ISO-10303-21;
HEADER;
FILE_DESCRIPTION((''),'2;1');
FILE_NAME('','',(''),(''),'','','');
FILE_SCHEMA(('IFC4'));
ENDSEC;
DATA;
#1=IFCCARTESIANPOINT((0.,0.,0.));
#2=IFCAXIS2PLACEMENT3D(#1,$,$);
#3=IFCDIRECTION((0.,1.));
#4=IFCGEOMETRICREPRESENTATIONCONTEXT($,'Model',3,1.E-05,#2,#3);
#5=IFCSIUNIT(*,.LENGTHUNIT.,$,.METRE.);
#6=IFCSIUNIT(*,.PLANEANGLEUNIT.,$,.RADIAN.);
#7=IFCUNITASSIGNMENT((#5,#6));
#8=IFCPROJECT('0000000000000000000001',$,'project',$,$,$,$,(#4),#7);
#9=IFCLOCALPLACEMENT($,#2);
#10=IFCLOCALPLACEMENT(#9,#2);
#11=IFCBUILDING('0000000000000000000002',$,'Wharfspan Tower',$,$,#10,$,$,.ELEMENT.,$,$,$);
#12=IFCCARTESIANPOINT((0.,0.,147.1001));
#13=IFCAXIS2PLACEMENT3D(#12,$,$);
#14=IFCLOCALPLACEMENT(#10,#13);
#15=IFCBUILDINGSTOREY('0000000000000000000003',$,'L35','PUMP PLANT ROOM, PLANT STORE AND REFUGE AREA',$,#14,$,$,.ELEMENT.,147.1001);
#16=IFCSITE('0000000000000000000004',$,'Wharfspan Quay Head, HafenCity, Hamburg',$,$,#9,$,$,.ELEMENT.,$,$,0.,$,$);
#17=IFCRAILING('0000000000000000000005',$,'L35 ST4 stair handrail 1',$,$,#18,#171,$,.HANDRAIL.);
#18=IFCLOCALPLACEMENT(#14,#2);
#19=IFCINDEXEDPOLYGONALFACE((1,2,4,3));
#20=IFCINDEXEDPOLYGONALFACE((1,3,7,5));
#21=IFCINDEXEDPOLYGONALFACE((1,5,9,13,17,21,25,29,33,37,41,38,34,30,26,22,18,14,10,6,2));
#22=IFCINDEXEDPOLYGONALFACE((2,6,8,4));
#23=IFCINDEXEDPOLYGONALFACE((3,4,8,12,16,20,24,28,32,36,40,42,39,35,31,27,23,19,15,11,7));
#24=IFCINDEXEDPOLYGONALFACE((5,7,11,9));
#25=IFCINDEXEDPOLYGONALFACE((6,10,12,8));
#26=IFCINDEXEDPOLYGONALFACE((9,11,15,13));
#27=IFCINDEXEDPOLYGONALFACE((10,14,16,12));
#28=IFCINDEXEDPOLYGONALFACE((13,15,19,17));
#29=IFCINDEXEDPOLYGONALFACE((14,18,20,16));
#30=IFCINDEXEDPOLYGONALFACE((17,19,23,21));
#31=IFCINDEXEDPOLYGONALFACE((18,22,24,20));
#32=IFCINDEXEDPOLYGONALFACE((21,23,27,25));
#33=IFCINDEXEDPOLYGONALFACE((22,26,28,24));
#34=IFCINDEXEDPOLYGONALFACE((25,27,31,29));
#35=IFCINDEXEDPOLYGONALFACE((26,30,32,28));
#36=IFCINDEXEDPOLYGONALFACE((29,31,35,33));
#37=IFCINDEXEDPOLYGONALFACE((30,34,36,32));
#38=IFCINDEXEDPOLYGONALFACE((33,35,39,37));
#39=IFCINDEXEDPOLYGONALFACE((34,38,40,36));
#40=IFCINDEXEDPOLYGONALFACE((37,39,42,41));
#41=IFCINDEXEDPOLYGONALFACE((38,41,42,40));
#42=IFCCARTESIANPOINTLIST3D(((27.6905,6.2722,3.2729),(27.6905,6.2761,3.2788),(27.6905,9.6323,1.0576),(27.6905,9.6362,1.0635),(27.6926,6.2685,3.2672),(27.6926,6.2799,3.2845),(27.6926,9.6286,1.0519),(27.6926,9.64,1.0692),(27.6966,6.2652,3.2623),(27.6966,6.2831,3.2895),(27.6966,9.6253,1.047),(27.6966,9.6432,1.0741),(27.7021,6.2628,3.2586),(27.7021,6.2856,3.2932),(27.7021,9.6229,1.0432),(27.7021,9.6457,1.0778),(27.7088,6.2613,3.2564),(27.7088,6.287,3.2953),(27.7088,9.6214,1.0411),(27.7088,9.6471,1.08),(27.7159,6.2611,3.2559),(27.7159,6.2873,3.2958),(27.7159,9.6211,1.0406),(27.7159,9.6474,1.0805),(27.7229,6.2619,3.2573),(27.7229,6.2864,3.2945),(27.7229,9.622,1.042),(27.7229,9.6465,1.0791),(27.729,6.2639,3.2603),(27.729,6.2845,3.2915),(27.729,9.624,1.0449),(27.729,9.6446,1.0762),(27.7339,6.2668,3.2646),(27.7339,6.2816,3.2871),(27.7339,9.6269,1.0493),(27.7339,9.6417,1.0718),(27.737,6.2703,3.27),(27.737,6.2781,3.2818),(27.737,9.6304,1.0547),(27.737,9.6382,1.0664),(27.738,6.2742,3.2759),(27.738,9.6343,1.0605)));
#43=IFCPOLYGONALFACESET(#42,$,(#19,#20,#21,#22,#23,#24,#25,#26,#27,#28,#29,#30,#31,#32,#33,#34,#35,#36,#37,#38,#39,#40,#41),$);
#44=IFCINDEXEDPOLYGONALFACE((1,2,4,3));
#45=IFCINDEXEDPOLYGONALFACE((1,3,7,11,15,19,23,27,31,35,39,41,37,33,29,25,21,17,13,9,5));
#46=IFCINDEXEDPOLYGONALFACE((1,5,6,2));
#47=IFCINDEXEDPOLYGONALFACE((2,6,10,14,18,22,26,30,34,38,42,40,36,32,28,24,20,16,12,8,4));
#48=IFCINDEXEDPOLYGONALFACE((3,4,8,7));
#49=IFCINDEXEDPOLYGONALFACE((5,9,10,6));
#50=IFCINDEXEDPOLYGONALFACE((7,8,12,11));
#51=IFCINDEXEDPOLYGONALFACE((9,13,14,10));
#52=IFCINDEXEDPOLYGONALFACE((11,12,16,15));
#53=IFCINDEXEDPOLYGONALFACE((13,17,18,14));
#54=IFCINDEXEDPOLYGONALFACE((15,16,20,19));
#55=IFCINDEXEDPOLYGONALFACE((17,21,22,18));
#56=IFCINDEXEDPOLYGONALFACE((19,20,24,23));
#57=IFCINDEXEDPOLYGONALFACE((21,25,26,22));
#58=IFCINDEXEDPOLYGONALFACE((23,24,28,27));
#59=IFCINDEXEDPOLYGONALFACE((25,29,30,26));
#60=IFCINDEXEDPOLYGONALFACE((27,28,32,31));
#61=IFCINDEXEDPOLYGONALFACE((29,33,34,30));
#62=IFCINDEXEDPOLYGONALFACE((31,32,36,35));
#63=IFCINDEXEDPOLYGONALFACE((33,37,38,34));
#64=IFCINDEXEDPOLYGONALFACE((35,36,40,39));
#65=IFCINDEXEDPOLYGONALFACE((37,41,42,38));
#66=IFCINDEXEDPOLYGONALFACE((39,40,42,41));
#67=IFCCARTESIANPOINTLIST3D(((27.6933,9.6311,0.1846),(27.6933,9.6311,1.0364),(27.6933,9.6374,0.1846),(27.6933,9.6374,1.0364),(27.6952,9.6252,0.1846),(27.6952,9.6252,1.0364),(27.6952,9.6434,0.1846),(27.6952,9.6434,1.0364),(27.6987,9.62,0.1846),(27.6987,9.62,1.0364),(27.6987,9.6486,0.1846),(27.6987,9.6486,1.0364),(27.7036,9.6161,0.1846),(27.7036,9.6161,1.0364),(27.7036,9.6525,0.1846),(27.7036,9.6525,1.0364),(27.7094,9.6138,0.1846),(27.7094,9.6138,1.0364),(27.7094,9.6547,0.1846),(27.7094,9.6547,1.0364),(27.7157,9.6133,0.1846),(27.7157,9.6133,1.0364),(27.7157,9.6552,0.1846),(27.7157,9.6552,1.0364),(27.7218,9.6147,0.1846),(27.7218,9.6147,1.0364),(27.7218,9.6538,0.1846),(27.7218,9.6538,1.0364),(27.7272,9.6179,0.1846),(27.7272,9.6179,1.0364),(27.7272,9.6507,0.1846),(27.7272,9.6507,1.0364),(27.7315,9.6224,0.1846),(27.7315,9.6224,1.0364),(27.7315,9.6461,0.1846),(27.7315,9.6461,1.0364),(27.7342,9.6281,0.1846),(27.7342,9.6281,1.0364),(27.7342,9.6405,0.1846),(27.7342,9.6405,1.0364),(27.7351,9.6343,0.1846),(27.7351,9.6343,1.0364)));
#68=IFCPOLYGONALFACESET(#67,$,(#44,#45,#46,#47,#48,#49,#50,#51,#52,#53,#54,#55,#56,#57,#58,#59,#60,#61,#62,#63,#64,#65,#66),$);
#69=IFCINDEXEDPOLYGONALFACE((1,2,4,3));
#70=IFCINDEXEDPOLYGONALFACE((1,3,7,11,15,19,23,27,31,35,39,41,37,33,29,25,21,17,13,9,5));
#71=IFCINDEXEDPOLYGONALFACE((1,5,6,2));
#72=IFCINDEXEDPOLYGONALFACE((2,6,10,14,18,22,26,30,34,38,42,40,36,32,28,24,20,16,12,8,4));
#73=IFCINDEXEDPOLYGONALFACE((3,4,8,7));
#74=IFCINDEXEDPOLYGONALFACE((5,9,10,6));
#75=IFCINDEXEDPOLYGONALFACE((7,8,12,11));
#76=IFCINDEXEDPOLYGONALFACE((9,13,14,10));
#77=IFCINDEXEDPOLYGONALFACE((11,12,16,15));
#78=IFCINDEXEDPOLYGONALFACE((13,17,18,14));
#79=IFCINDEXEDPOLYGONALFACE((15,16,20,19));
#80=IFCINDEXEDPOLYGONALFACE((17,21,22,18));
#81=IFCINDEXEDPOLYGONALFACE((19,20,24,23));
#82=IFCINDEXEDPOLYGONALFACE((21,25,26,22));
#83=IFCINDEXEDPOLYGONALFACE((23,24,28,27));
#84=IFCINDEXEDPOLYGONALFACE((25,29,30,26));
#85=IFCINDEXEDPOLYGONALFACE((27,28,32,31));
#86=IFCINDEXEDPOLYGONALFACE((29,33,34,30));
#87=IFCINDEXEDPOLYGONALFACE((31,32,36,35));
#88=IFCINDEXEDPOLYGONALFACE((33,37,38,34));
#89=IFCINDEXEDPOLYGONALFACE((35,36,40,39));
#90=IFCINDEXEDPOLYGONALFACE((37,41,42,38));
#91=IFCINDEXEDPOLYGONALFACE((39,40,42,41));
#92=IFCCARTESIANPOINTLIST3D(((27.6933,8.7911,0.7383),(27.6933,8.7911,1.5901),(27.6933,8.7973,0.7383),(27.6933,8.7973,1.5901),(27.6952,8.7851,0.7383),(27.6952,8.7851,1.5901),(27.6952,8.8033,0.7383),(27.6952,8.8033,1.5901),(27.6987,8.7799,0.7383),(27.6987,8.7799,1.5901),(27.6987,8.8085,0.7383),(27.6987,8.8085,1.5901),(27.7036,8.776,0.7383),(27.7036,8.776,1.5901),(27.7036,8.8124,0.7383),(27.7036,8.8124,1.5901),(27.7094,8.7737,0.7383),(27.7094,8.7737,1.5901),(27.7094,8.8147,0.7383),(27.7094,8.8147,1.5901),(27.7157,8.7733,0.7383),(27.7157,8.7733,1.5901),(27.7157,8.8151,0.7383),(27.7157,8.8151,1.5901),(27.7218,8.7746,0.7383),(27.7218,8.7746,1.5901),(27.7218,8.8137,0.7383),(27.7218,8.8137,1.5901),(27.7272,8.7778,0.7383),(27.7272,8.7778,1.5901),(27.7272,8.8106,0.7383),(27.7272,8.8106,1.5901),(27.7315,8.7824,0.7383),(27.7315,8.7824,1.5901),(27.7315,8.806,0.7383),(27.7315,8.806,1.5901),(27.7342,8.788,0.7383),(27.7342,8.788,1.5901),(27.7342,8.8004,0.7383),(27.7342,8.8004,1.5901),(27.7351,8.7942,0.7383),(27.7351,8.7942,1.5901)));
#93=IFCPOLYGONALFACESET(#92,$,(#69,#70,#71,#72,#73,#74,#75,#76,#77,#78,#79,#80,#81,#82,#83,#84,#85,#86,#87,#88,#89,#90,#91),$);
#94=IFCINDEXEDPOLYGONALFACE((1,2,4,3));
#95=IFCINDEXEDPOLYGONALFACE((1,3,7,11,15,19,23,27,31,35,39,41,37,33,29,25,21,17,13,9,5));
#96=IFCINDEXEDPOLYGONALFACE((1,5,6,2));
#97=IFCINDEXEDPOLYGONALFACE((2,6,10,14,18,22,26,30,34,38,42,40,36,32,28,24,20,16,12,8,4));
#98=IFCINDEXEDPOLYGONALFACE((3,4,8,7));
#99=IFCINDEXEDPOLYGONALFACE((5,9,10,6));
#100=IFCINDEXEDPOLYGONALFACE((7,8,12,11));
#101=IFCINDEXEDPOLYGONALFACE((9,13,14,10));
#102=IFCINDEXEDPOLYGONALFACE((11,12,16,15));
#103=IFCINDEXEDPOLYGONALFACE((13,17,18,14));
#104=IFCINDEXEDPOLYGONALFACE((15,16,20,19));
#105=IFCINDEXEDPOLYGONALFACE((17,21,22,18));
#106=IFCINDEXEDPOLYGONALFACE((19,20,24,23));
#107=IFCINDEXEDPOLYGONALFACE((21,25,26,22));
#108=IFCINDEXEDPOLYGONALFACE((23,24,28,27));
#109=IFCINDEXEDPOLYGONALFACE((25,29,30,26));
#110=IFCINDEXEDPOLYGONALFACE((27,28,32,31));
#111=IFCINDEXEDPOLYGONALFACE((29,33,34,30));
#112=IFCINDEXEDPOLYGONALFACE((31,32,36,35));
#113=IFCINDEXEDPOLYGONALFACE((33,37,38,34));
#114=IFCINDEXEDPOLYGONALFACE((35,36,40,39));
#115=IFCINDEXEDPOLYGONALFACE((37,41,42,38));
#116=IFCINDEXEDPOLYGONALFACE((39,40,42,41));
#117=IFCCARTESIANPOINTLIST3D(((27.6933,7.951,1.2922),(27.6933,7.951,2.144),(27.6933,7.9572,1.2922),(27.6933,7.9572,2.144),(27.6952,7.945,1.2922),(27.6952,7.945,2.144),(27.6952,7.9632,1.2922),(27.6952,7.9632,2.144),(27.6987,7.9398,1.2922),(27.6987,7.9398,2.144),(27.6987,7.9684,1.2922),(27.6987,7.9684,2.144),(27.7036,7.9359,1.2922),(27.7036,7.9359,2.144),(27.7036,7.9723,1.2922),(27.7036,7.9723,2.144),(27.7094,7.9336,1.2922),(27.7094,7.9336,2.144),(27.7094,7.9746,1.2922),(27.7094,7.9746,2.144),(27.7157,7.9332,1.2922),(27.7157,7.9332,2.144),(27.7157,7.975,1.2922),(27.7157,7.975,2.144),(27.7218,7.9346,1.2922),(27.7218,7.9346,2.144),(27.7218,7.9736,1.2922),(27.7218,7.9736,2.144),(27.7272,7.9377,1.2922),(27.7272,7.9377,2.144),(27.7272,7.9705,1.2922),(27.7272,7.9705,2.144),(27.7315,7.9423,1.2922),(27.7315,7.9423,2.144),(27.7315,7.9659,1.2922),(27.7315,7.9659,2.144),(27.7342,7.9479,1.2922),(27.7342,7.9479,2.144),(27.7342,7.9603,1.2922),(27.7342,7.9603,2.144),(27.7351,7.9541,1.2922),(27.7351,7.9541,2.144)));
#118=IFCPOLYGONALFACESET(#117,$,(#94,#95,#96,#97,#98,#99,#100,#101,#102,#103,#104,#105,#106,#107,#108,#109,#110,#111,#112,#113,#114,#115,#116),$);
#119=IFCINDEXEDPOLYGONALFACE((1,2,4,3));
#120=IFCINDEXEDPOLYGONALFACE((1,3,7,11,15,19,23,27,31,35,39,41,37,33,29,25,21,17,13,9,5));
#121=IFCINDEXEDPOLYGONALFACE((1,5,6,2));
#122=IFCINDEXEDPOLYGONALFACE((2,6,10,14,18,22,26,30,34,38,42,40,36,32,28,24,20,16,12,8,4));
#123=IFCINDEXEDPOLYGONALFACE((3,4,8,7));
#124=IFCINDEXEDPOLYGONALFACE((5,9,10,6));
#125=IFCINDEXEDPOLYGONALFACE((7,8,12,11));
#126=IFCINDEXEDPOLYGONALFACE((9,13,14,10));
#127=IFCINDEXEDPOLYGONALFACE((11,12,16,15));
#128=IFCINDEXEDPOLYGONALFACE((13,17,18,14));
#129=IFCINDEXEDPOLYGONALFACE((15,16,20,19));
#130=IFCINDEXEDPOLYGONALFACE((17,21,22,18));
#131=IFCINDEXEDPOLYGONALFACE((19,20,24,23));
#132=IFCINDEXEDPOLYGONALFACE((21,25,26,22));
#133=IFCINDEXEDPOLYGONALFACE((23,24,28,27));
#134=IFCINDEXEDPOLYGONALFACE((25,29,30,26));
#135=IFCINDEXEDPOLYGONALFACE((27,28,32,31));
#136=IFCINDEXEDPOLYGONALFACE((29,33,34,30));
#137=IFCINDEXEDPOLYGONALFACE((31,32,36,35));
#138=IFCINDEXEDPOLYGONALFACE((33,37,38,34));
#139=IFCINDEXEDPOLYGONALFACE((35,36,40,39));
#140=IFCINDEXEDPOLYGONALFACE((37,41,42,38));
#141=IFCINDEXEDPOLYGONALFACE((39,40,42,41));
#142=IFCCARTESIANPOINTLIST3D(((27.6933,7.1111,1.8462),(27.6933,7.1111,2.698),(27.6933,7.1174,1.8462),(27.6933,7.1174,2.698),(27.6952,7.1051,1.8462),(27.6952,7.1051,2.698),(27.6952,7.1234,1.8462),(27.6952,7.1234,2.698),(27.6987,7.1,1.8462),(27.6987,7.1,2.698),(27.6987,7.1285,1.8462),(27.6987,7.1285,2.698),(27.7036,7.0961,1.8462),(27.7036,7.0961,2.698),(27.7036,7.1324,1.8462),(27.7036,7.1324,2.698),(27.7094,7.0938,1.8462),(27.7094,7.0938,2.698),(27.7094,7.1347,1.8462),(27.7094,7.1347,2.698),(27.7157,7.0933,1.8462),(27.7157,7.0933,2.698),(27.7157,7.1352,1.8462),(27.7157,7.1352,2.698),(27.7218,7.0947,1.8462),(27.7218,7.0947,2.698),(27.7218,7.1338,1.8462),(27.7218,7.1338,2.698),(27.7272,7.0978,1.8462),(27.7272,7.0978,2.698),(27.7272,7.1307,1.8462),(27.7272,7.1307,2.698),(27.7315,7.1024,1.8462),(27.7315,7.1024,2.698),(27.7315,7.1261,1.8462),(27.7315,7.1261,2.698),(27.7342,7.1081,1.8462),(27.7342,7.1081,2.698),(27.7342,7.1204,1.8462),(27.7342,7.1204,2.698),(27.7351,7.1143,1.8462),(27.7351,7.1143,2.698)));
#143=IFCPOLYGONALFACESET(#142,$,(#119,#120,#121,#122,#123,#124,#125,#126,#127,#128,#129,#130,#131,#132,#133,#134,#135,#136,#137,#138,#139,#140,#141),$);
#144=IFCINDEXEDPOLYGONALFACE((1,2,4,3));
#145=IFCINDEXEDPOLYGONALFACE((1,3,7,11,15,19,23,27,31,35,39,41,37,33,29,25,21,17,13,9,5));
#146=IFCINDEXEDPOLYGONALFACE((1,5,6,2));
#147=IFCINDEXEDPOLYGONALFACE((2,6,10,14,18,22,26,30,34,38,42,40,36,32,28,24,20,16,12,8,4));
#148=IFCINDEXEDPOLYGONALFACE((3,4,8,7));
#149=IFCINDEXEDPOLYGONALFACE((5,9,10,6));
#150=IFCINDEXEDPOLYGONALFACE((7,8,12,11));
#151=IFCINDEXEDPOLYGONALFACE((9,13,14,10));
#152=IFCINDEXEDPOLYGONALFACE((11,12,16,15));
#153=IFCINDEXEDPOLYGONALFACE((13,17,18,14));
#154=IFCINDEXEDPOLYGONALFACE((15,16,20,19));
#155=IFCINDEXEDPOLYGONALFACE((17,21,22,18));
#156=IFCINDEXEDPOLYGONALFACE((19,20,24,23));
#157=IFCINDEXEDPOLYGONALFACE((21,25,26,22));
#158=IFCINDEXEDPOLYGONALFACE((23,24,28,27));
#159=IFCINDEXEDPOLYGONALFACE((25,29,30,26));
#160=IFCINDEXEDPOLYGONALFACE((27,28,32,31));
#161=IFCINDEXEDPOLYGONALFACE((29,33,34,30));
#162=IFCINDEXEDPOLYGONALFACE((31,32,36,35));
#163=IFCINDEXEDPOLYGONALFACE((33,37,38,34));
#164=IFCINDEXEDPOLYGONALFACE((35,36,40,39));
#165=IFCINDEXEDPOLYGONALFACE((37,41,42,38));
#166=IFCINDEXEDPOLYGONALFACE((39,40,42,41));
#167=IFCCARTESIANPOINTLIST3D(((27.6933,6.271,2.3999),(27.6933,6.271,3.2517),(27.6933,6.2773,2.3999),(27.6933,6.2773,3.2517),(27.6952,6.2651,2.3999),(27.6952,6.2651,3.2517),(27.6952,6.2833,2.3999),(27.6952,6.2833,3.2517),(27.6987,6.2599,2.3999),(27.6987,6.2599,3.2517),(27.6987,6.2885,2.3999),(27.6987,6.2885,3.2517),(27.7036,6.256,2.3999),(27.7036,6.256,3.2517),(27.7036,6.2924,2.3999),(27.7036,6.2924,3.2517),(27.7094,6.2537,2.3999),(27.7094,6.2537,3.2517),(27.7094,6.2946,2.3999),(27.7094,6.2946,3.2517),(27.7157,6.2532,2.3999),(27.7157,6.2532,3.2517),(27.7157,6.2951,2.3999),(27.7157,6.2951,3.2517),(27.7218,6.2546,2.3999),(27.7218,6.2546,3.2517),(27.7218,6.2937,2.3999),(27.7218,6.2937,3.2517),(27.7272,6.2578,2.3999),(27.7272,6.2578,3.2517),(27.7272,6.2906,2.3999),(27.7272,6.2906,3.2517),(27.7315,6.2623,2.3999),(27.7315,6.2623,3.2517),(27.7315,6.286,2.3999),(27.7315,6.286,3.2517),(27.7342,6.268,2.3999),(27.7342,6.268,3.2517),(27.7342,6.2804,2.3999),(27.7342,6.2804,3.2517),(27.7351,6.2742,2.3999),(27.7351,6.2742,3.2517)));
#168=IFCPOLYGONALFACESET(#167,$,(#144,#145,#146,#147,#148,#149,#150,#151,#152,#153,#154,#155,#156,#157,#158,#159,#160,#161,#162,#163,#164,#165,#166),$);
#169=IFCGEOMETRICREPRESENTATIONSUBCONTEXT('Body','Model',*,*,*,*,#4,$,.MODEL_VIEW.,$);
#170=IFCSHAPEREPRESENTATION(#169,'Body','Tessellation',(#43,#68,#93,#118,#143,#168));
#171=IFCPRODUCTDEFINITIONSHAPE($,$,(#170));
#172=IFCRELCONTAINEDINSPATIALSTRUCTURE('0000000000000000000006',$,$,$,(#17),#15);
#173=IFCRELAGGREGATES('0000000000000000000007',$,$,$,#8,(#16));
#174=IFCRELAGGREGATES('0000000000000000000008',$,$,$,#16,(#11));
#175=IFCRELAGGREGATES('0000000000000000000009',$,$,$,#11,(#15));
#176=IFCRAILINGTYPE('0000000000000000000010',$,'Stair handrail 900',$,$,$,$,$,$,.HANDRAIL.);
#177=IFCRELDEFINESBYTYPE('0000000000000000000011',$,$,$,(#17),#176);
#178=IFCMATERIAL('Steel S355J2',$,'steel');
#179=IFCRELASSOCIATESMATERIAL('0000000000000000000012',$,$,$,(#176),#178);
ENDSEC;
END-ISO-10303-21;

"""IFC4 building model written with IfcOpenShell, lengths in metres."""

from ifc_helpers import new_model, si_unit, direction, frame, origin, origin_2d, place, context, subcontext, project, spatial, circle, extrude, material, type_object, element, save


model = new_model("IFC4")

# Units and contexts
model_context = context("Model", 3, precision=1e-05, world=origin(), true_north=direction((0.0, 1.0)))
body_context = subcontext(model_context, "Body", "Model", "MODEL_VIEW")
ifc_project = project(units=[si_unit("LENGTHUNIT", "METRE"), si_unit("PLANEANGLEUNIT", "RADIAN")], contexts=[model_context])

# Site, building, storey
site_placement = place(None, origin())
site = spatial("IfcSite", under=ifc_project, at=site_placement, Name="Wharfspan Quay Head, HafenCity, Hamburg", CompositionType="ELEMENT", RefElevation=0.0)
building_placement = place(site_placement, origin())
building = spatial("IfcBuilding", under=site, at=building_placement, Name="Wharfspan Tower", CompositionType="ELEMENT")
storey_placement = place(building_placement, frame((0.0, 0.0, 147.1001)))
storey = spatial("IfcBuildingStorey", under=building, at=storey_placement, Name="L35", Description="PUMP PLANT ROOM, PLANT STORE AND REFUGE AREA", CompositionType="ELEMENT", Elevation=147.1001)

# Shared definitions
ifc_material_1 = material(Name="Steel S355J2", Category="steel")

# Railing
railing_type_1 = type_object("IfcRailingType", Name="Stair handrail 900", PredefinedType="HANDRAIL", material=ifc_material_1)
railing_1_placement = place(storey_placement, frame((27.7141, 9.6343, 0.1846)))
element("IfcRailing", 1, at=railing_1_placement, inside=storey, type_object=railing_type_1, Name="L35 ST4 stair handrail 1", PredefinedType="HANDRAIL", context=body_context, shape_type="SweptSolid", body=[
    extrude(circle(Radius=0.0239, at=origin_2d()), frame((0.0, 0.0, 0.876), z_axis=(0.0, -0.834876, 0.550437), x_axis=(1.0, 0.0, 0.0)), (0.0, 0.0, 1.0), 4.0247),
    extrude(circle(Radius=0.021, at=origin_2d()), origin(), (0.0, 0.0, 1.0), 0.8518),
    extrude(circle(Radius=0.021, at=origin_2d()), frame((0.0, -0.8401, 0.5537)), (0.0, 0.0, 1.0), 0.8518),
    extrude(circle(Radius=0.021, at=origin_2d()), frame((0.0, -1.6802, 1.1077)), (0.0, 0.0, 1.0), 0.8518),
    extrude(circle(Radius=0.021, at=origin_2d()), frame((0.0, -2.52, 1.6616)), (0.0, 0.0, 1.0), 0.8518),
    extrude(circle(Radius=0.021, at=origin_2d()), frame((0.0, -3.3601, 2.2153)), (0.0, 0.0, 1.0), 0.8518),
])

save(model, "model.ifc")
